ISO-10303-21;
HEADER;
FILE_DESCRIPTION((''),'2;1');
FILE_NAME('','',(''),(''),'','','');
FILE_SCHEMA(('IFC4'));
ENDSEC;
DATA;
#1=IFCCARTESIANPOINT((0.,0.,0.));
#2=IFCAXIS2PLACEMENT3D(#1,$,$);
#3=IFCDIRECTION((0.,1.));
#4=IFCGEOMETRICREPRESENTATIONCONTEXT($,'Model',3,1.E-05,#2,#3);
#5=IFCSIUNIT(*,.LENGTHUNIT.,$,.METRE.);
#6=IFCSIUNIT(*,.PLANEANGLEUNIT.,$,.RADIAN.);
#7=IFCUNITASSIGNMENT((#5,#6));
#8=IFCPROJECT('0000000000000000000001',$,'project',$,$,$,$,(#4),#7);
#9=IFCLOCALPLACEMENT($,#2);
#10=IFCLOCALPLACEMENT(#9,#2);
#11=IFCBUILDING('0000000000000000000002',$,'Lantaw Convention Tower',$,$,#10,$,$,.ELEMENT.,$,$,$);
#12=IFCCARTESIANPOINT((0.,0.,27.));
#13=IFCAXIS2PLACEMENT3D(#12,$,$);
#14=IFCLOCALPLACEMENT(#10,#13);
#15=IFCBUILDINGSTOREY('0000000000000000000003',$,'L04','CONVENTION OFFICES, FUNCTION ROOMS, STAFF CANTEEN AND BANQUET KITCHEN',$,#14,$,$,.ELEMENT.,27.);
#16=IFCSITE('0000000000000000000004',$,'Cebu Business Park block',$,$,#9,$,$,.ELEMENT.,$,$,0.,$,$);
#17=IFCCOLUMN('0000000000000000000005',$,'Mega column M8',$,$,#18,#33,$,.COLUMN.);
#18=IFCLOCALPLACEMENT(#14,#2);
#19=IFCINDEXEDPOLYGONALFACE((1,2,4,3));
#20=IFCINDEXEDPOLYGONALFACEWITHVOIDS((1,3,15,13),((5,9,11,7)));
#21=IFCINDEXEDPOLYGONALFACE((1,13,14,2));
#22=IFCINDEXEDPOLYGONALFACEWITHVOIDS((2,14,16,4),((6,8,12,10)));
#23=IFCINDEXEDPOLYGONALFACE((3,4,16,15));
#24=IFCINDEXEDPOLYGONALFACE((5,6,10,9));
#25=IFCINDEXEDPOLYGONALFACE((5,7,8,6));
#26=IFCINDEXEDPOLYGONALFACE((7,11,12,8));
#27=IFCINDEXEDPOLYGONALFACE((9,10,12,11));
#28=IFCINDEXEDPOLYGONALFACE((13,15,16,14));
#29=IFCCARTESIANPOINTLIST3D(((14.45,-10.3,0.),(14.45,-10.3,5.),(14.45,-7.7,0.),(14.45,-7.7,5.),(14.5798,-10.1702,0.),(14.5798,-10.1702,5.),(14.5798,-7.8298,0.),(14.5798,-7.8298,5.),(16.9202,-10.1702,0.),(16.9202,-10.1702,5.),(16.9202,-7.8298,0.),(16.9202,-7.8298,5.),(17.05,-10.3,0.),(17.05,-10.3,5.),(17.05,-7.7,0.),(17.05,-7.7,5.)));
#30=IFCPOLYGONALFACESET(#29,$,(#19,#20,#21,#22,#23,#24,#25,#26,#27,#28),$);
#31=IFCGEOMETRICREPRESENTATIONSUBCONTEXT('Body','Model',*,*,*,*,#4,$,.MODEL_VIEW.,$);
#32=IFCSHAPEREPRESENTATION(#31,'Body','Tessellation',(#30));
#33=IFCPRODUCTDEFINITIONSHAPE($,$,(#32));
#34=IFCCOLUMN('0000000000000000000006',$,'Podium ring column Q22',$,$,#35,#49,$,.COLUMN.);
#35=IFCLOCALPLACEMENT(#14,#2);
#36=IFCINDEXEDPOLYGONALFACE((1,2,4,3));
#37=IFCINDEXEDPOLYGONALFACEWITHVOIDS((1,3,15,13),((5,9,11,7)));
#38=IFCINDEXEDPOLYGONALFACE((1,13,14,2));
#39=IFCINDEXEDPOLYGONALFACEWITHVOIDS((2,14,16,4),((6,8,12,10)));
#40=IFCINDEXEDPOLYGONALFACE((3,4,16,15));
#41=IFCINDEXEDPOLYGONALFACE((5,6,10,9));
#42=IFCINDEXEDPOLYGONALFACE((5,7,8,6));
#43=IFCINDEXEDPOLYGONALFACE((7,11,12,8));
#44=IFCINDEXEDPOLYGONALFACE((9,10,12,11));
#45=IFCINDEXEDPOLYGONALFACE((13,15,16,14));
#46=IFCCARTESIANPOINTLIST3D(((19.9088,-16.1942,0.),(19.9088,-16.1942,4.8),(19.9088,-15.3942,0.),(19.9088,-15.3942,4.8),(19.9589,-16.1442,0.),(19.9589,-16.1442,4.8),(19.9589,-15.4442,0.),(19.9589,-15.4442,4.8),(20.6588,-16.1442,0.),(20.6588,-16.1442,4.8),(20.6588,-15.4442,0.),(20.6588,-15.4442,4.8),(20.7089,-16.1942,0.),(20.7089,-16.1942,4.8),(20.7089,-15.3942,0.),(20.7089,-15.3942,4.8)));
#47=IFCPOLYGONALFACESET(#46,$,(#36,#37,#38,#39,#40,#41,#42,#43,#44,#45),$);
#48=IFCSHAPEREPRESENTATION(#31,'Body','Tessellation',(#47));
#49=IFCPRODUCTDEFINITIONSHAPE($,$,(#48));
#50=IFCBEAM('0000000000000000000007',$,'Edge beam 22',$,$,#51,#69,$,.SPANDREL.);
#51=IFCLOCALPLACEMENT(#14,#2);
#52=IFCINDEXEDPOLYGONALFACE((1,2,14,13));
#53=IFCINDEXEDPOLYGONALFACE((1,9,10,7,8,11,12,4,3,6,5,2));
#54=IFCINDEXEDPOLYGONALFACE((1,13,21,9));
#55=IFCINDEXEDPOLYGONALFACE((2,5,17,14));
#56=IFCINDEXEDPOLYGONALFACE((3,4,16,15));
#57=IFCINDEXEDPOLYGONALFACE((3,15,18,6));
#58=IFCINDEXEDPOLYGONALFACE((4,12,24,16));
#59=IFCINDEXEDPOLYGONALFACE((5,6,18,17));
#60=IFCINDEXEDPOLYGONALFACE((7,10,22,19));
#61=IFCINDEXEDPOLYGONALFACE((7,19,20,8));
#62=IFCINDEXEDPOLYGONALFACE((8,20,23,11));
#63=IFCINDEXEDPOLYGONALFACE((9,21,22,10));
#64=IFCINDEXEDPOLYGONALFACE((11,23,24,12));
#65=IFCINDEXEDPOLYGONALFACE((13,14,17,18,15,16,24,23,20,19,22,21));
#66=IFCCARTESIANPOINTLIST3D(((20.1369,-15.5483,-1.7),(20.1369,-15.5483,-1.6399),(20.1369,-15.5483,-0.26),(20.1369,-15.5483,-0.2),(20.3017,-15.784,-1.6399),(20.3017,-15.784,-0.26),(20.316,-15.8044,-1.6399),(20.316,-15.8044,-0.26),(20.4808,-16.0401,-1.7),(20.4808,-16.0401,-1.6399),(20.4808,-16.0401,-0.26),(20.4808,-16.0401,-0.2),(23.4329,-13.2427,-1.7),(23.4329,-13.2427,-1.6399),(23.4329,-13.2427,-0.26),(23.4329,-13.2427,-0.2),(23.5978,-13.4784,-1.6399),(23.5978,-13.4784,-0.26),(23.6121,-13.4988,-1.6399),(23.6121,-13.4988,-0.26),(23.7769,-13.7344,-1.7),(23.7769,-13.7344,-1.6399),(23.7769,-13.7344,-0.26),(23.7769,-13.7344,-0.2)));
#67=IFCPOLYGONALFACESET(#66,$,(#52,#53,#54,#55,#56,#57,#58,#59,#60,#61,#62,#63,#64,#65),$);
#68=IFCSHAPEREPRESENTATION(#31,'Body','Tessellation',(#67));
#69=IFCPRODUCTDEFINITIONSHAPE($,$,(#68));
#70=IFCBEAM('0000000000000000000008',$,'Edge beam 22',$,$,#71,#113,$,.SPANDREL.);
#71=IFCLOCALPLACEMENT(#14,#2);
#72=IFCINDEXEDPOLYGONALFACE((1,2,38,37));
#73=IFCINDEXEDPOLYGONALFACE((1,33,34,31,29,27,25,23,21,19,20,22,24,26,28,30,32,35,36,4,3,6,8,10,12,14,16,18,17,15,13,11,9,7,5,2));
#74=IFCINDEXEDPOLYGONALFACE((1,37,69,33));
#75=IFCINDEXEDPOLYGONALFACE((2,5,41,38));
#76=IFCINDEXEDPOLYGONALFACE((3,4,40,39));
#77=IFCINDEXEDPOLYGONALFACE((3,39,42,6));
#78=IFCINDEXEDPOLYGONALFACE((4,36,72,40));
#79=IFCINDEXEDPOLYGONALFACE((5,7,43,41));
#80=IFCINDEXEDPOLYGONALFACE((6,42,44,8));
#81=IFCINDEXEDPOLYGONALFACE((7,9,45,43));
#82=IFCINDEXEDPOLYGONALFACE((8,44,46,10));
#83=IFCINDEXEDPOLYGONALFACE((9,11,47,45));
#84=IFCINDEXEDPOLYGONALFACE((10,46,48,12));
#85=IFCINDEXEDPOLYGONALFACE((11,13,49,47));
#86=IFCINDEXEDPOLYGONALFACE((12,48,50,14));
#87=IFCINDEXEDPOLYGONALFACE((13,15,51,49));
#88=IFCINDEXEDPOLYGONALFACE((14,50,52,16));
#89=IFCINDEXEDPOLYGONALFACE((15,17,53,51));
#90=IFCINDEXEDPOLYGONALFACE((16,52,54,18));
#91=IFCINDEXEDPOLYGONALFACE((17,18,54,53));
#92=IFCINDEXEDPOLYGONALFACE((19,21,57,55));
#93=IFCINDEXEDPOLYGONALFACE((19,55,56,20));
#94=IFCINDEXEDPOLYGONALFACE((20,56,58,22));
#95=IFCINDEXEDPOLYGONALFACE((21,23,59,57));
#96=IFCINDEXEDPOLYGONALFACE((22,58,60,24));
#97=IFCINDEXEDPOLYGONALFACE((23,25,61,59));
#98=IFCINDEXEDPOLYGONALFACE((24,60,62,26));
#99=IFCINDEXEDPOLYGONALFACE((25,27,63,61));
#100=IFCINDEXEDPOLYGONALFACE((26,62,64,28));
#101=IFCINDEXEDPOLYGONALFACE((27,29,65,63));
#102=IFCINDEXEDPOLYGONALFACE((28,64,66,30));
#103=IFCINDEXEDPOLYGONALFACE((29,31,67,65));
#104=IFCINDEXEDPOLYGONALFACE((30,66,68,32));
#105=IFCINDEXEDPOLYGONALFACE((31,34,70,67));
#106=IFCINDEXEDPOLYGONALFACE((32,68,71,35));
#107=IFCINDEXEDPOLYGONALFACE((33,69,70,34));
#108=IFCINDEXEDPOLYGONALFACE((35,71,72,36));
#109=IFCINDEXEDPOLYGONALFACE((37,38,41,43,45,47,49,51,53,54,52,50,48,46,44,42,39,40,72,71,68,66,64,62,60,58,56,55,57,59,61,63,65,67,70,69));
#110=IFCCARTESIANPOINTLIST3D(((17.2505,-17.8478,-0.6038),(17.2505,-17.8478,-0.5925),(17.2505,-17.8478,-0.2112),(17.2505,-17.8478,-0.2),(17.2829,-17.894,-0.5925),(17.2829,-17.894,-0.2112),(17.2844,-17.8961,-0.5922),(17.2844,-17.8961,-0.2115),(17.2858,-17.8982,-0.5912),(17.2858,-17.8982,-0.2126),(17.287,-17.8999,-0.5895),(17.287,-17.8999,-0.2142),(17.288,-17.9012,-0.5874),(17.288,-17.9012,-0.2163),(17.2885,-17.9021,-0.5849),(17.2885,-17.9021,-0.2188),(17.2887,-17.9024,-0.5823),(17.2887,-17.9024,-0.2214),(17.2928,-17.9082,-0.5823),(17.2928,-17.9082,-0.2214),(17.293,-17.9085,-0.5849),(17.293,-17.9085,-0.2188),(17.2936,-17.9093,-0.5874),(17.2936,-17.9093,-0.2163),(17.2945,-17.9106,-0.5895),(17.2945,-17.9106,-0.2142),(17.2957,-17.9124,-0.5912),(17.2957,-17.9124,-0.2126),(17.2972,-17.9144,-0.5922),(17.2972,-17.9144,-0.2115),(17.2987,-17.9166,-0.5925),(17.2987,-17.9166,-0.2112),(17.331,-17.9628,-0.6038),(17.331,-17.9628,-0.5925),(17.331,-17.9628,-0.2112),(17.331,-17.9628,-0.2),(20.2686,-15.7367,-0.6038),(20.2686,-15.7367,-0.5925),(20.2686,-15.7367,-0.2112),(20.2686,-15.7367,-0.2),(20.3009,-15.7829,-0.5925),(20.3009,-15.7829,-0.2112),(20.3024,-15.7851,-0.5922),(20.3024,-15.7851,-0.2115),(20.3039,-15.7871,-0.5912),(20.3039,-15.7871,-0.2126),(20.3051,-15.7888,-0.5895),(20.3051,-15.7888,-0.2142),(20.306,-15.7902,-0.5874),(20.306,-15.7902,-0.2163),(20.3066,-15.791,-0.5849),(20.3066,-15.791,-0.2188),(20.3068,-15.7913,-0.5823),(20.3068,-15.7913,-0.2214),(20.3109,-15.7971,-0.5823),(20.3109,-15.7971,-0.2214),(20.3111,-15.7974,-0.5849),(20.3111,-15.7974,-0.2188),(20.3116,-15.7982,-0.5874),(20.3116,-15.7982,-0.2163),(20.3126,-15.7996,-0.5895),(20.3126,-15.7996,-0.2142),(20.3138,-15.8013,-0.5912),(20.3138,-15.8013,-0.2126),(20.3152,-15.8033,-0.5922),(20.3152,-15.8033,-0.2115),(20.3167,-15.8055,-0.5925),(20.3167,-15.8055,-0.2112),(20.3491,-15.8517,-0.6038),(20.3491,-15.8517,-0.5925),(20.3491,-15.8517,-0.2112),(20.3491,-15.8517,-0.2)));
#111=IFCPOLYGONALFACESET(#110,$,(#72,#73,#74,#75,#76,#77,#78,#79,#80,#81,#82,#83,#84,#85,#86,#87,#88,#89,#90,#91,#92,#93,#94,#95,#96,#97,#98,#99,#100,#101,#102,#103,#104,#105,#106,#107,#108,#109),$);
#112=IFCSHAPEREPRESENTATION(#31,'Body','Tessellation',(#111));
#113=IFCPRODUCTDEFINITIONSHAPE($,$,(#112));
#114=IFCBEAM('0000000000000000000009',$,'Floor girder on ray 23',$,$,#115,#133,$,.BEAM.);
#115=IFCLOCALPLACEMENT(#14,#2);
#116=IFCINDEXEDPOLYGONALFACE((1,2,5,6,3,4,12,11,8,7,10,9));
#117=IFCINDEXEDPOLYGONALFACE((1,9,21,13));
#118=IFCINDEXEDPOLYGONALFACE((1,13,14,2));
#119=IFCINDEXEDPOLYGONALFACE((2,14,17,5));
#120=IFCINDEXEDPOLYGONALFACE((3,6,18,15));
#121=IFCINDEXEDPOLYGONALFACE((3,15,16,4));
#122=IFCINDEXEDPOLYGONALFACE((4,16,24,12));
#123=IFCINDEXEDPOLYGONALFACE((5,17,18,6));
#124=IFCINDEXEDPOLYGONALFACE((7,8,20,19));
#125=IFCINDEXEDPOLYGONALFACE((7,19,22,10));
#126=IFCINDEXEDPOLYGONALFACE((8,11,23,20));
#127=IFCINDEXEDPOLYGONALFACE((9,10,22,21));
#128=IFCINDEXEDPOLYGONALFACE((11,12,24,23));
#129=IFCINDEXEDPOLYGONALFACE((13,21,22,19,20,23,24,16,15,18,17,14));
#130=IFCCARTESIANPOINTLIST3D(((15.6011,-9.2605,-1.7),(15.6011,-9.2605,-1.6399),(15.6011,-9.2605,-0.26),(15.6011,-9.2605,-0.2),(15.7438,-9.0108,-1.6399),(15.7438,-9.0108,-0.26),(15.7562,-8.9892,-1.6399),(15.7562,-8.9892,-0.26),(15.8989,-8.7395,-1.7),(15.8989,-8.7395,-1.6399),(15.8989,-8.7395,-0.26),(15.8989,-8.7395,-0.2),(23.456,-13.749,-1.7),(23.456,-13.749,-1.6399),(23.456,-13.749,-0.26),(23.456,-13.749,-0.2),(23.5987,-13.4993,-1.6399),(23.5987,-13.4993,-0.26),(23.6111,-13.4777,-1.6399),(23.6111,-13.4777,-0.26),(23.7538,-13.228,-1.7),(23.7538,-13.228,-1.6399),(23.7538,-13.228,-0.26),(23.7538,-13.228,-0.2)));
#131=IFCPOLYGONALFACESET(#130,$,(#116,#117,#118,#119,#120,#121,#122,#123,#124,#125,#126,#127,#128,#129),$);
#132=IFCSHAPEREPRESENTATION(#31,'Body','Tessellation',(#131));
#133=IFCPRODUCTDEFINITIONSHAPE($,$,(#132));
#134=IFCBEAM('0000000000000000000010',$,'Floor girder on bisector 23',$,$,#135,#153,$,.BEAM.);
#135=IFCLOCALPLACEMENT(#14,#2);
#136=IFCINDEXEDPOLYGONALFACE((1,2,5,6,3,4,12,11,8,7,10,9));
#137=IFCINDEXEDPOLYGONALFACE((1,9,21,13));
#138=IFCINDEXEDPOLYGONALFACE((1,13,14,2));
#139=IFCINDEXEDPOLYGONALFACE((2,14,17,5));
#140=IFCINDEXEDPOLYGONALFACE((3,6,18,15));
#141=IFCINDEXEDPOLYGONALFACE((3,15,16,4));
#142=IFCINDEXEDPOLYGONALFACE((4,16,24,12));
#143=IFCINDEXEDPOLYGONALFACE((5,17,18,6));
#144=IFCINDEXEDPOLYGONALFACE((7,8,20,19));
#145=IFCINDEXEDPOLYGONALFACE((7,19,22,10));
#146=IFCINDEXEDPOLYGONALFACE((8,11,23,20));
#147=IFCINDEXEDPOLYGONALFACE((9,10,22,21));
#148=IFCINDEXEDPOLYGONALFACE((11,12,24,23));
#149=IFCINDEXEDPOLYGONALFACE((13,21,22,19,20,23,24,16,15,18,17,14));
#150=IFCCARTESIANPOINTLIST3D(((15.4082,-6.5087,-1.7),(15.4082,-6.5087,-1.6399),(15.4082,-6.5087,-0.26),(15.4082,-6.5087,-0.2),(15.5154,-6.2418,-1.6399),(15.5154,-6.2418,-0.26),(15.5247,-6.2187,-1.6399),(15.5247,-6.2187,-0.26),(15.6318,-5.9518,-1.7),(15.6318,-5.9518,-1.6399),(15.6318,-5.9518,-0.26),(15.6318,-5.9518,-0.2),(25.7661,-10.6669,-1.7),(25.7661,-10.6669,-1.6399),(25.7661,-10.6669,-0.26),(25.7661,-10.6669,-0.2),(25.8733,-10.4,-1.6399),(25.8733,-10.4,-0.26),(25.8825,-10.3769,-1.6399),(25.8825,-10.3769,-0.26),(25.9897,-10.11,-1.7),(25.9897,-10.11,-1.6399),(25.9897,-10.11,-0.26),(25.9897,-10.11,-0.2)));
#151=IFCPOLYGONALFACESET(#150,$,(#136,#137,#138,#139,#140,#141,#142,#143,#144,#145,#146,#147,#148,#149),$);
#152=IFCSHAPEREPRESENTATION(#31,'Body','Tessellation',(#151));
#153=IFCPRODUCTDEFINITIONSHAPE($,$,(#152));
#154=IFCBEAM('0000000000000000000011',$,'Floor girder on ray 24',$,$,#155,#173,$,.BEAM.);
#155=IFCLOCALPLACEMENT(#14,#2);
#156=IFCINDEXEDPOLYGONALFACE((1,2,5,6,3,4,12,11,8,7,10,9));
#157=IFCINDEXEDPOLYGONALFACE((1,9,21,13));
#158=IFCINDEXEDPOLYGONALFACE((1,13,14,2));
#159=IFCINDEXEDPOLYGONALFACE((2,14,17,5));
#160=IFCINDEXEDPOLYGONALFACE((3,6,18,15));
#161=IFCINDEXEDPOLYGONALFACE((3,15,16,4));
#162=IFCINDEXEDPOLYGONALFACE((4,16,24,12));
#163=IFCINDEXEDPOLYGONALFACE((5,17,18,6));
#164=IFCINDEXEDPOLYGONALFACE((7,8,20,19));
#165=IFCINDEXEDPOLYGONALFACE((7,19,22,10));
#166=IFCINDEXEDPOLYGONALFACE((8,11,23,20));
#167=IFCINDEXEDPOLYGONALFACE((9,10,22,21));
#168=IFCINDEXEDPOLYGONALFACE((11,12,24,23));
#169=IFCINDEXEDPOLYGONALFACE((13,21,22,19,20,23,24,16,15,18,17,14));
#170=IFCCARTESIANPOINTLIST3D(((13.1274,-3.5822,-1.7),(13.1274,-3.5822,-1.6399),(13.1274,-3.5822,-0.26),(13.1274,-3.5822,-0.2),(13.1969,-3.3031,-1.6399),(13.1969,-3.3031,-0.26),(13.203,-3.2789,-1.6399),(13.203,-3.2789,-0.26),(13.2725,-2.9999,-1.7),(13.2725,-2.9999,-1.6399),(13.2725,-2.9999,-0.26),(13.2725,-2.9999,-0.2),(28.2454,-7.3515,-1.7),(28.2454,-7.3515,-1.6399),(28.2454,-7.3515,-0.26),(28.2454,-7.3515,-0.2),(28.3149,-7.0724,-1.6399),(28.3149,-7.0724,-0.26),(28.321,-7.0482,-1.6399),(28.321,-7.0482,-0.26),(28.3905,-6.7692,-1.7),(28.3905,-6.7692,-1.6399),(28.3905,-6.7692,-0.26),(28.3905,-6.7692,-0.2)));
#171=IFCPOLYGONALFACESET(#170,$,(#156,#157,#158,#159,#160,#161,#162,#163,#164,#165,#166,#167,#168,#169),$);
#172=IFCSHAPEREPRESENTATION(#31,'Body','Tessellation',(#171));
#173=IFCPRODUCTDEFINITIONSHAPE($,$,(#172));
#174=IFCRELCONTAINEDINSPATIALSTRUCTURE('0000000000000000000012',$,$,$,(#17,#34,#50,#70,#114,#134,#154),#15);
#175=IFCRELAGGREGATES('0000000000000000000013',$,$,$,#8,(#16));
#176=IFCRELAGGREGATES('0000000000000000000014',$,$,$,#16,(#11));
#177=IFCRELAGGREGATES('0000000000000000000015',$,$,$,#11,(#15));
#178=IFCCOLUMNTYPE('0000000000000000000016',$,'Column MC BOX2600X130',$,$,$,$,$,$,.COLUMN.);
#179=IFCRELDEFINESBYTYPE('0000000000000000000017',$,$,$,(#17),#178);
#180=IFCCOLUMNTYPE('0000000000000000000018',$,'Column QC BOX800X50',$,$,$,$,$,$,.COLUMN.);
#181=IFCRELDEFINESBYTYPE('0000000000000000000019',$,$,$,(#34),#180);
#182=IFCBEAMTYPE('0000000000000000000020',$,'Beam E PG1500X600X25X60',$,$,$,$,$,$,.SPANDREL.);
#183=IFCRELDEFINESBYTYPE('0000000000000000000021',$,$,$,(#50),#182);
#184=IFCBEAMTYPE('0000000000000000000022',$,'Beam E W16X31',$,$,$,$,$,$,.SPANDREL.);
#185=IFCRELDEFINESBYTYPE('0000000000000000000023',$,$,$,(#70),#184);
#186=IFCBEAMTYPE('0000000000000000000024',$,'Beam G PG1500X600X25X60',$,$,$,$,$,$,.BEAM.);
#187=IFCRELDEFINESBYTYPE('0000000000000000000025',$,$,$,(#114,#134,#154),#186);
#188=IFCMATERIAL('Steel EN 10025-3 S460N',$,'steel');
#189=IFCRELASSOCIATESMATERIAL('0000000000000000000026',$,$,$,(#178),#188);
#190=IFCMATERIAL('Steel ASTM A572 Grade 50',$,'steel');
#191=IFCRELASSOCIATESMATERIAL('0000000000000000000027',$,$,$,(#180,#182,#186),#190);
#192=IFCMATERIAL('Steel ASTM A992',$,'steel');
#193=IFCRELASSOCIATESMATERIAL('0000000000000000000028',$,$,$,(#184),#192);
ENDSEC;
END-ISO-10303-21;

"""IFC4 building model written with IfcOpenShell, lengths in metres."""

from ifc_helpers import new_model, si_unit, direction, frame, origin, origin_2d, place, context, subcontext, project, spatial, rectangle, hollow_rectangle, i_section, extrude, material, material_profile, profile_set, type_object, element, save


model = new_model("IFC4")

# Units and contexts
model_context = context("Model", 3, precision=1e-05, world=origin(), true_north=direction((0.0, 1.0)))
body_context = subcontext(model_context, "Body", "Model", "MODEL_VIEW")
ifc_project = project(units=[si_unit("LENGTHUNIT", "METRE"), si_unit("PLANEANGLEUNIT", "RADIAN")], contexts=[model_context])

# Site, building, storey
site_placement = place(None, origin())
site = spatial("IfcSite", under=ifc_project, at=site_placement, Name="Cebu Business Park block", CompositionType="ELEMENT", RefElevation=0.0)
building_placement = place(site_placement, origin())
building = spatial("IfcBuilding", under=site, at=building_placement, Name="Lantaw Convention Tower", CompositionType="ELEMENT")
storey_placement = place(building_placement, frame((0.0, 0.0, 27.0)))
storey = spatial("IfcBuildingStorey", under=building, at=storey_placement, Name="L04", Description="CONVENTION OFFICES, FUNCTION ROOMS, STAFF CANTEEN AND BANQUET KITCHEN", CompositionType="ELEMENT", Elevation=27.0)

# Columns
ifc_material_1 = material(Name="Steel EN 10025-3 S460N", Category="steel")
ifc_material_profile_1 = material_profile(ifc_material_1, hollow_rectangle(XDim=2.6001, YDim=2.6001, WallThickness=0.1299, at=origin_2d()), Name="BOX2600X130")
ifc_material_2 = material(Name="Concrete C60/75", Category="concrete")
ifc_material_profile_2 = material_profile(ifc_material_2, rectangle(XDim=2.3401, YDim=2.3401, at=origin_2d()), Name="Concrete fill of BOX2600X130")
ifc_profile_set_1 = profile_set([ifc_material_profile_1, ifc_material_profile_2], Name="Steel EN 10025-3 S460N")
column_type_1 = type_object("IfcColumnType", Name="Column MC BOX2600X130", PredefinedType="COLUMN", material=ifc_profile_set_1)
column_1_placement = place(storey_placement, frame((15.75, -9.0, 0.0), z_axis=(0.0, 0.0, 1.0), x_axis=(1.0, 0.0, 0.0)))
element("IfcColumn", 1, at=column_1_placement, inside=storey, type_object=column_type_1, Name="Mega column M8", PredefinedType="COLUMN", context=body_context, shape_type="SweptSolid", body=[
    extrude(hollow_rectangle(XDim=2.6001, YDim=2.6001, WallThickness=0.1299, at=origin_2d()), origin(), (0.0, 0.0, 1.0), 5.0),
])
ifc_material_3 = material(Name="Steel ASTM A572 Grade 50", Category="steel")
ifc_material_profile_3 = material_profile(ifc_material_3, hollow_rectangle(XDim=0.8, YDim=0.8, WallThickness=0.05, at=origin_2d()), Name="BOX800X50")
ifc_profile_set_2 = profile_set([ifc_material_profile_3], Name="Steel ASTM A572 Grade 50")
column_type_2 = type_object("IfcColumnType", Name="Column QC BOX800X50", PredefinedType="COLUMN", material=ifc_profile_set_2)
column_2_placement = place(storey_placement, frame((20.3088, -15.7942, 0.0), z_axis=(0.0, 0.0, 1.0), x_axis=(1.0, 0.0, 0.0)))
element("IfcColumn", 2, at=column_2_placement, inside=storey, type_object=column_type_2, Name="Podium ring column Q22", PredefinedType="COLUMN", context=body_context, shape_type="SweptSolid", body=[
    extrude(hollow_rectangle(XDim=0.8, YDim=0.8, WallThickness=0.05, at=origin_2d()), origin(), (0.0, 0.0, 1.0), 4.8),
])

# Beams
ifc_material_profile_4 = material_profile(ifc_material_3, i_section(OverallWidth=0.6001, OverallDepth=1.5, WebThickness=0.0249, FlangeThickness=0.0601, at=origin_2d()), Name="PG1500X600X25X60")
ifc_profile_set_3 = profile_set([ifc_material_profile_4], Name="Steel ASTM A572 Grade 50")
beam_type_1 = type_object("IfcBeamType", Name="Beam E PG1500X600X25X60", PredefinedType="SPANDREL", material=ifc_profile_set_3)
beam_1_placement = place(storey_placement, frame((20.3088, -15.7942, -0.95), z_axis=(0.819423, 0.573189, 0.0), x_axis=(-0.573189, 0.819423, 0.0)))
element("IfcBeam", 3, at=beam_1_placement, inside=storey, type_object=beam_type_1, Name="Edge beam 22", PredefinedType="SPANDREL", context=body_context, shape_type="SweptSolid", body=[
    extrude(i_section(OverallWidth=0.6001, OverallDepth=1.5, WebThickness=0.0249, FlangeThickness=0.0601, at=origin_2d()), origin(), (0.0, 0.0, 1.0), 4.0225),
])
ifc_material_4 = material(Name="Steel ASTM A992", Category="steel")
ifc_material_profile_5 = material_profile(ifc_material_4, i_section(OverallWidth=0.1404, OverallDepth=0.4038, WebThickness=0.0071, FlangeThickness=0.0112, FilletRadius=0.0103, at=origin_2d()), Name="W16X31")
ifc_profile_set_4 = profile_set([ifc_material_profile_5], Name="Steel ASTM A992")
beam_type_2 = type_object("IfcBeamType", Name="Beam E W16X31", PredefinedType="SPANDREL", material=ifc_profile_set_4)
beam_2_placement = place(storey_placement, frame((17.2908, -17.9053, -0.4019), z_axis=(0.819431, 0.573178, 0.0), x_axis=(-0.573178, 0.819431, 0.0)))
element("IfcBeam", 4, at=beam_2_placement, inside=storey, type_object=beam_type_2, Name="Edge beam 22", PredefinedType="SPANDREL", context=body_context, shape_type="SweptSolid", body=[
    extrude(i_section(OverallWidth=0.1404, OverallDepth=0.4038, WebThickness=0.0071, FlangeThickness=0.0112, FilletRadius=0.0103, at=origin_2d()), origin(), (0.0, 0.0, 1.0), 3.6831),
])
ifc_material_profile_6 = material_profile(ifc_material_3, i_section(OverallWidth=0.6001, OverallDepth=1.5, WebThickness=0.0249, FlangeThickness=0.0601, at=origin_2d()), Name="PG1500X600X25X60")
ifc_profile_set_5 = profile_set([ifc_material_profile_6], Name="Steel ASTM A572 Grade 50")
beam_type_3 = type_object("IfcBeamType", Name="Beam G PG1500X600X25X60", PredefinedType="BEAM", material=ifc_profile_set_5)
beam_3_placement = place(storey_placement, frame((15.75, -9.0, -0.95), z_axis=(0.868245, -0.496136, 0.0), x_axis=(0.496136, 0.868245, 0.0)))
element("IfcBeam", 5, at=beam_3_placement, inside=storey, type_object=beam_type_3, Name="Floor girder on ray 23", PredefinedType="BEAM", context=body_context, shape_type="SweptSolid", body=[
    extrude(i_section(OverallWidth=0.6001, OverallDepth=1.5, WebThickness=0.0249, FlangeThickness=0.0601, at=origin_2d()), origin(), (0.0, 0.0, 1.0), 9.0469),
])
beam_4_placement = place(storey_placement, frame((15.52, -6.2302, -0.95), z_axis=(0.928011, -0.372552, 0.0), x_axis=(0.372552, 0.928011, 0.0)))
element("IfcBeam", 6, at=beam_4_placement, inside=storey, type_object=beam_type_3, Name="Floor girder on bisector 23", PredefinedType="BEAM", context=body_context, shape_type="SweptSolid", body=[
    extrude(i_section(OverallWidth=0.6001, OverallDepth=1.5, WebThickness=0.0249, FlangeThickness=0.0601, at=origin_2d()), origin(), (0.0, 0.0, 1.0), 11.1614),
])
beam_5_placement = place(storey_placement, frame((13.2, -3.291, -0.95), z_axis=(0.970296, -0.24192, 0.0), x_axis=(0.24192, 0.970296, 0.0)))
element("IfcBeam", 7, at=beam_5_placement, inside=storey, type_object=beam_type_3, Name="Floor girder on ray 24", PredefinedType="BEAM", context=body_context, shape_type="SweptSolid", body=[
    extrude(i_section(OverallWidth=0.6001, OverallDepth=1.5, WebThickness=0.0249, FlangeThickness=0.0601, at=origin_2d()), origin(), (0.0, 0.0, 1.0), 15.5808),
])

save(model, "model.ifc")
